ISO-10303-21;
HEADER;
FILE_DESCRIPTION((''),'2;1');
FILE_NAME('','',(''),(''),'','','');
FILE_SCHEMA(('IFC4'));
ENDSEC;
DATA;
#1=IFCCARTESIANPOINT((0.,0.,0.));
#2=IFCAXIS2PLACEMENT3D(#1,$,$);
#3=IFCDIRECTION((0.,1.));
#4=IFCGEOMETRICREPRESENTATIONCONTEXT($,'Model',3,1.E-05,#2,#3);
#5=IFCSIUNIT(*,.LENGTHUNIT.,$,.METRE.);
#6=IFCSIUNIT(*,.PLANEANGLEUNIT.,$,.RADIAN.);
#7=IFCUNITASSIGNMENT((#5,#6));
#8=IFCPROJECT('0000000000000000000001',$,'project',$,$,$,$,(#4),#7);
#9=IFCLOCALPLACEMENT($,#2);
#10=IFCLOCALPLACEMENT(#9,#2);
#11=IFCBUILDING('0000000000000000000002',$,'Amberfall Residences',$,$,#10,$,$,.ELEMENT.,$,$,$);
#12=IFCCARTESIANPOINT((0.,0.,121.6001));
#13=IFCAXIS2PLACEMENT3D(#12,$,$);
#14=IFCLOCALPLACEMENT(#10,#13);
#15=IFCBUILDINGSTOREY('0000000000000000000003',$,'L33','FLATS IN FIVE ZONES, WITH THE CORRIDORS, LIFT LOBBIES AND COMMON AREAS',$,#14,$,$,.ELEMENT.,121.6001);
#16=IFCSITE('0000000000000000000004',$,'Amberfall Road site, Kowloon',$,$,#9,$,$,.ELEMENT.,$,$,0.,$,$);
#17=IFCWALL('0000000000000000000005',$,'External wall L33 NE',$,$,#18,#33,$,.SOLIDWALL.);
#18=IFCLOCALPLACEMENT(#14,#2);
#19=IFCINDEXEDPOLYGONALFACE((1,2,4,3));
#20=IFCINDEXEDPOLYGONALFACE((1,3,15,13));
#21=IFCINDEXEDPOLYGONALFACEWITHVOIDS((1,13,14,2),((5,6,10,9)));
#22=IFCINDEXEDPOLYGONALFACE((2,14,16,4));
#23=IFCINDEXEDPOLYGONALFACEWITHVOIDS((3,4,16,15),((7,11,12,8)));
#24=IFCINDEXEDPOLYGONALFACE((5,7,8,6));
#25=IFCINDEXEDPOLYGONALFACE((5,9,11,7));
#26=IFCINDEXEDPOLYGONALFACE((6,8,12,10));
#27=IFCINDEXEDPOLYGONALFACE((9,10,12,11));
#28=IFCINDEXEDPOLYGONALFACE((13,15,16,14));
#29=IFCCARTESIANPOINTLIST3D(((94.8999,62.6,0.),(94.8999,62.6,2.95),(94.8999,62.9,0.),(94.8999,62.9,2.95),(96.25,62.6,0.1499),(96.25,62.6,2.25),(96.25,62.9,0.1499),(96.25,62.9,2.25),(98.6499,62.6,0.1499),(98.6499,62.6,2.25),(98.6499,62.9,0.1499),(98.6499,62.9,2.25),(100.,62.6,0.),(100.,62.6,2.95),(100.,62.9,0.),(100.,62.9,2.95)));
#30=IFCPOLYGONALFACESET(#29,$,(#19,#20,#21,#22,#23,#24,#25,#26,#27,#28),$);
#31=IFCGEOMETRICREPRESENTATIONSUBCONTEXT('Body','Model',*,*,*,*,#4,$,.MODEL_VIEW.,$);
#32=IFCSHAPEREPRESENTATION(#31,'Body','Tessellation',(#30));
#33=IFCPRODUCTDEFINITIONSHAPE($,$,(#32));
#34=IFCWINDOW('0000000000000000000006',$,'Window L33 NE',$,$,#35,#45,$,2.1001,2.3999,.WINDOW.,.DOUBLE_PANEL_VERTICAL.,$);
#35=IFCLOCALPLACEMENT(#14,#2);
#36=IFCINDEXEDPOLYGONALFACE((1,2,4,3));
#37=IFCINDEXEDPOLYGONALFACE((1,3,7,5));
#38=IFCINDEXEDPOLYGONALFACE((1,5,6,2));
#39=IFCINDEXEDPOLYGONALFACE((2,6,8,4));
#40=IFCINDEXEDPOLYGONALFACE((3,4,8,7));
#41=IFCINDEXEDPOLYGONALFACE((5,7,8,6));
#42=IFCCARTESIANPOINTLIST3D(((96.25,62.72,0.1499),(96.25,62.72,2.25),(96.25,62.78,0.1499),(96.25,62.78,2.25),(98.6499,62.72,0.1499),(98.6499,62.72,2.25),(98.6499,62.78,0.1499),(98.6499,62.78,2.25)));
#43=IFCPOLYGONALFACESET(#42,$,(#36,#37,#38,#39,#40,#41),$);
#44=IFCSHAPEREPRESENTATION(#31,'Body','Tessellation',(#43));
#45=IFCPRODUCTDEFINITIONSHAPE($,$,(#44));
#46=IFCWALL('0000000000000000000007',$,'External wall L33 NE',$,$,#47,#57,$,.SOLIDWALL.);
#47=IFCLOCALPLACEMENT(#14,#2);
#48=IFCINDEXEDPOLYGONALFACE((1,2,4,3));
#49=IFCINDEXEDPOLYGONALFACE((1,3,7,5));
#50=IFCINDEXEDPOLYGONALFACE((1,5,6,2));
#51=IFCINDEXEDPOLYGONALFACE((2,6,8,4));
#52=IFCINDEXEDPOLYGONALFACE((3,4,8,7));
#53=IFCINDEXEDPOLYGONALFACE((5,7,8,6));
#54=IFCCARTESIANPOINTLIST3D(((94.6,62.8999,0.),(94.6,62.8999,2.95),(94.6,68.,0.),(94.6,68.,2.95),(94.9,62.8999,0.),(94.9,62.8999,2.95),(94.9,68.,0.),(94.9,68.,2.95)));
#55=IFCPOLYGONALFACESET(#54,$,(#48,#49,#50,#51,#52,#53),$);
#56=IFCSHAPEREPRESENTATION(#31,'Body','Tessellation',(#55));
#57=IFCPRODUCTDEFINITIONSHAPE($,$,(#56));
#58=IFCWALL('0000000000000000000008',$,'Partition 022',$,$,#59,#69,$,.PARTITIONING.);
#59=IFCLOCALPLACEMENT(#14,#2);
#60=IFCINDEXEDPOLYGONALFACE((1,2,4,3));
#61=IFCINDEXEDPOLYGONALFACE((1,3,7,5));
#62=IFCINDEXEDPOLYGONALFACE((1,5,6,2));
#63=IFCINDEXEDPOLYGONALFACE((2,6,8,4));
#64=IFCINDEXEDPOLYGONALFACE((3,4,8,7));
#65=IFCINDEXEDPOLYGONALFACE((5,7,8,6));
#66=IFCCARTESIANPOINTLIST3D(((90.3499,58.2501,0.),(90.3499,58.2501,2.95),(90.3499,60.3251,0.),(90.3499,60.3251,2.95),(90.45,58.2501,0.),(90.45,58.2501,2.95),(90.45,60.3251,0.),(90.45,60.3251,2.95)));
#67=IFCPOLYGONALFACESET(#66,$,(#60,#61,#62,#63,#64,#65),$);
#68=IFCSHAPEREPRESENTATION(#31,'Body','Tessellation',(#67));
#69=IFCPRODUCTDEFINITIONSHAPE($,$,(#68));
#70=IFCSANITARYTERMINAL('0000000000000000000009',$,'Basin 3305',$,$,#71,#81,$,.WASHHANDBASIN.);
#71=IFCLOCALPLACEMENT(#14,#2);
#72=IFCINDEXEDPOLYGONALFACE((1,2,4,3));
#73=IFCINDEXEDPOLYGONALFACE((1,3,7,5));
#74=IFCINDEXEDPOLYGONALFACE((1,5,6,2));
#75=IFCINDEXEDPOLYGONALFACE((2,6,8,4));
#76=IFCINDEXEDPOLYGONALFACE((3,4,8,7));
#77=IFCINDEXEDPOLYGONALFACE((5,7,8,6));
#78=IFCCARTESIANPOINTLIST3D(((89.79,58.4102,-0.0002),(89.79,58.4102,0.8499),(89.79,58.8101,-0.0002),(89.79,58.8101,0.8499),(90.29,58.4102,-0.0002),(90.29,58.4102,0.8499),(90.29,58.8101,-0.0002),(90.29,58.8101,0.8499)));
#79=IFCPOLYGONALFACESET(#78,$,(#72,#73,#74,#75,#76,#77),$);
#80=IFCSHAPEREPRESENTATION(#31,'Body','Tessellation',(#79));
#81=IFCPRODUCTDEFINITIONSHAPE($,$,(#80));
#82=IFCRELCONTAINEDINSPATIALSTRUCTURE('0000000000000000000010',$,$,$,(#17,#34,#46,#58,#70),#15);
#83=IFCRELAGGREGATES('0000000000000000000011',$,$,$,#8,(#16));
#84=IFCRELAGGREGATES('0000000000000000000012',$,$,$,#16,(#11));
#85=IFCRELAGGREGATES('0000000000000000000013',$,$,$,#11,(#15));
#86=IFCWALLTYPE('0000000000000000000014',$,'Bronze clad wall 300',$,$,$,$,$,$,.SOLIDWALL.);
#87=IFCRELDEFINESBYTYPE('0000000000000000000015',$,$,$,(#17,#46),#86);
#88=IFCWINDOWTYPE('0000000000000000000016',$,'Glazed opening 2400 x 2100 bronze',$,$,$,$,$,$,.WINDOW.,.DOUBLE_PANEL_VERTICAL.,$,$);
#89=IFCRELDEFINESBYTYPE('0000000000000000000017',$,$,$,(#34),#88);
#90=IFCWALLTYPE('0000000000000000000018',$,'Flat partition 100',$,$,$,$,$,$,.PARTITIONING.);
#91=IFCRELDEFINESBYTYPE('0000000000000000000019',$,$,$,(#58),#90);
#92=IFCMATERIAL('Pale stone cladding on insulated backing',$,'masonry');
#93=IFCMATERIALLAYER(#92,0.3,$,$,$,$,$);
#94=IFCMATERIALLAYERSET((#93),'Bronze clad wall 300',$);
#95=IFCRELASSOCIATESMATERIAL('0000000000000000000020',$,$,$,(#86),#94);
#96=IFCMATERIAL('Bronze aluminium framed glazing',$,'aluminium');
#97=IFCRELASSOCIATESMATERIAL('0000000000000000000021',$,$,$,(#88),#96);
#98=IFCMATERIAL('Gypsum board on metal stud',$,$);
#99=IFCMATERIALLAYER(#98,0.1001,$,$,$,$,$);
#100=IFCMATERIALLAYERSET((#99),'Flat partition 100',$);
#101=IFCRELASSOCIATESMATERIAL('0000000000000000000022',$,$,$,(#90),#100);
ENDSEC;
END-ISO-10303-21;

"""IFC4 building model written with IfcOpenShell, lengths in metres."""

from ifc_helpers import new_model, si_unit, direction, frame, frame_2d, origin, origin_2d, place, context, subcontext, project, spatial, rectangle, extrude, material, layer, layer_set, type_object, element, fill, save


model = new_model("IFC4")

# Units and contexts
model_context = context("Model", 3, precision=1e-05, world=origin(), true_north=direction((0.0, 1.0)))
body_context = subcontext(model_context, "Body", "Model", "MODEL_VIEW")
ifc_project = project(units=[si_unit("LENGTHUNIT", "METRE"), si_unit("PLANEANGLEUNIT", "RADIAN")], contexts=[model_context])

# Site, building, storey
site_placement = place(None, origin())
site = spatial("IfcSite", under=ifc_project, at=site_placement, Name="Amberfall Road site, Kowloon", CompositionType="ELEMENT", RefElevation=0.0)
building_placement = place(site_placement, origin())
building = spatial("IfcBuilding", under=site, at=building_placement, Name="Amberfall Residences", CompositionType="ELEMENT")
storey_placement = place(building_placement, frame((0.0, 0.0, 121.6001)))
storey = spatial("IfcBuildingStorey", under=building, at=storey_placement, Name="L33", Description="FLATS IN FIVE ZONES, WITH THE CORRIDORS, LIFT LOBBIES AND COMMON AREAS", CompositionType="ELEMENT", Elevation=121.6001)

# Wall, opening, window
ifc_material_1 = material(Name="Pale stone cladding on insulated backing", Category="masonry")
ifc_layer_1 = layer(ifc_material_1, 0.3)
ifc_layer_set_1 = layer_set([ifc_layer_1], Name="Bronze clad wall 300")
wall_type_1 = type_object("IfcWallType", Name="Bronze clad wall 300", PredefinedType="SOLIDWALL", material=ifc_layer_set_1)
wall_1_placement = place(storey_placement, frame((100.0, 62.75, 0.0), z_axis=(0.0, 0.0, 1.0), x_axis=(-1.0, 0.0, 0.0)))
wall_1 = element("IfcWall", 1, at=wall_1_placement, inside=storey, type_object=wall_type_1, Name="External wall L33 NE", PredefinedType="SOLIDWALL", context=body_context, shape_type="SweptSolid", body=[
    extrude(rectangle(XDim=5.1001, YDim=0.3, at=frame_2d((2.55, 0.0))), origin(), (0.0, 0.0, 1.0), 2.95),
])
opening_placement = place(wall_1_placement, frame((1.3501, 0.0, 0.1499)))
opening = element("IfcOpeningElement", 2, at=opening_placement, cuts=wall_1, PredefinedType="OPENING", context=body_context, shape_type="SweptSolid", body=[
    extrude(rectangle(XDim=2.3999, YDim=2.1001, at=frame_2d((1.2, 1.05))), frame((0.0, 0.1599, 0.0), z_axis=(0.0, -1.0, 0.0), x_axis=(1.0, 0.0, 0.0)), (0.0, 0.0, 1.0), 0.3201),
])
ifc_material_2 = material(Name="Bronze aluminium framed glazing", Category="aluminium")
window_type = type_object("IfcWindowType", Name="Glazed opening 2400 x 2100 bronze", PartitioningType="DOUBLE_PANEL_VERTICAL", PredefinedType="WINDOW", material=ifc_material_2)
window_placement = place(opening_placement, origin())
window = element("IfcWindow", 3, at=window_placement, inside=storey, type_object=window_type, Name="Window L33 NE", OverallHeight=2.1001, OverallWidth=2.3999, PartitioningType="DOUBLE_PANEL_VERTICAL", PredefinedType="WINDOW", context=body_context, shape_type="SweptSolid", body=[
    extrude(rectangle(XDim=2.3999, YDim=2.1001, at=frame_2d((1.2, 1.05))), frame((0.0, 0.03, 0.0), z_axis=(0.0, -1.0, 0.0), x_axis=(1.0, 0.0, 0.0)), (0.0, 0.0, 1.0), 0.0601),
])
fill(opening, window)

# Walls
wall_2_placement = place(storey_placement, frame((94.75, 62.8999, 0.0), z_axis=(0.0, 0.0, 1.0), x_axis=(0.0, 1.0, 0.0)))
element("IfcWall", 4, at=wall_2_placement, inside=storey, type_object=wall_type_1, Name="External wall L33 NE", PredefinedType="SOLIDWALL", context=body_context, shape_type="SweptSolid", body=[
    extrude(rectangle(XDim=5.1001, YDim=0.3, at=frame_2d((2.55, 0.0))), origin(), (0.0, 0.0, 1.0), 2.95),
])
ifc_material_3 = material(Name="Gypsum board on metal stud")
ifc_layer_2 = layer(ifc_material_3, 0.1001)
ifc_layer_set_2 = layer_set([ifc_layer_2], Name="Flat partition 100")
wall_type_2 = type_object("IfcWallType", Name="Flat partition 100", PredefinedType="PARTITIONING", material=ifc_layer_set_2)
wall_3_placement = place(storey_placement, frame((90.3999, 58.25, 0.0), z_axis=(0.0, 0.0, 1.0), x_axis=(0.0, 1.0, 0.0)))
element("IfcWall", 5, at=wall_3_placement, inside=storey, type_object=wall_type_2, Name="Partition 022", PredefinedType="PARTITIONING", context=body_context, shape_type="SweptSolid", body=[
    extrude(rectangle(XDim=2.075, YDim=0.1001, at=frame_2d((1.0376, 0.0))), origin(), (0.0, 0.0, 1.0), 2.95),
])

# Sanitary terminal
sanitary_terminal_placement = place(storey_placement, frame((90.04, 58.6101, -0.0002), z_axis=(0.0, 0.0, 1.0), x_axis=(1.0, 0.0, 0.0)))
element("IfcSanitaryTerminal", 6, at=sanitary_terminal_placement, inside=storey, Name="Basin 3305", PredefinedType="WASHHANDBASIN", context=body_context, shape_type="SweptSolid", body=[
    extrude(rectangle(XDim=0.5, YDim=0.3999, at=origin_2d()), origin(), (0.0, 0.0, 1.0), 0.8501),
])

save(model, "model.ifc")
